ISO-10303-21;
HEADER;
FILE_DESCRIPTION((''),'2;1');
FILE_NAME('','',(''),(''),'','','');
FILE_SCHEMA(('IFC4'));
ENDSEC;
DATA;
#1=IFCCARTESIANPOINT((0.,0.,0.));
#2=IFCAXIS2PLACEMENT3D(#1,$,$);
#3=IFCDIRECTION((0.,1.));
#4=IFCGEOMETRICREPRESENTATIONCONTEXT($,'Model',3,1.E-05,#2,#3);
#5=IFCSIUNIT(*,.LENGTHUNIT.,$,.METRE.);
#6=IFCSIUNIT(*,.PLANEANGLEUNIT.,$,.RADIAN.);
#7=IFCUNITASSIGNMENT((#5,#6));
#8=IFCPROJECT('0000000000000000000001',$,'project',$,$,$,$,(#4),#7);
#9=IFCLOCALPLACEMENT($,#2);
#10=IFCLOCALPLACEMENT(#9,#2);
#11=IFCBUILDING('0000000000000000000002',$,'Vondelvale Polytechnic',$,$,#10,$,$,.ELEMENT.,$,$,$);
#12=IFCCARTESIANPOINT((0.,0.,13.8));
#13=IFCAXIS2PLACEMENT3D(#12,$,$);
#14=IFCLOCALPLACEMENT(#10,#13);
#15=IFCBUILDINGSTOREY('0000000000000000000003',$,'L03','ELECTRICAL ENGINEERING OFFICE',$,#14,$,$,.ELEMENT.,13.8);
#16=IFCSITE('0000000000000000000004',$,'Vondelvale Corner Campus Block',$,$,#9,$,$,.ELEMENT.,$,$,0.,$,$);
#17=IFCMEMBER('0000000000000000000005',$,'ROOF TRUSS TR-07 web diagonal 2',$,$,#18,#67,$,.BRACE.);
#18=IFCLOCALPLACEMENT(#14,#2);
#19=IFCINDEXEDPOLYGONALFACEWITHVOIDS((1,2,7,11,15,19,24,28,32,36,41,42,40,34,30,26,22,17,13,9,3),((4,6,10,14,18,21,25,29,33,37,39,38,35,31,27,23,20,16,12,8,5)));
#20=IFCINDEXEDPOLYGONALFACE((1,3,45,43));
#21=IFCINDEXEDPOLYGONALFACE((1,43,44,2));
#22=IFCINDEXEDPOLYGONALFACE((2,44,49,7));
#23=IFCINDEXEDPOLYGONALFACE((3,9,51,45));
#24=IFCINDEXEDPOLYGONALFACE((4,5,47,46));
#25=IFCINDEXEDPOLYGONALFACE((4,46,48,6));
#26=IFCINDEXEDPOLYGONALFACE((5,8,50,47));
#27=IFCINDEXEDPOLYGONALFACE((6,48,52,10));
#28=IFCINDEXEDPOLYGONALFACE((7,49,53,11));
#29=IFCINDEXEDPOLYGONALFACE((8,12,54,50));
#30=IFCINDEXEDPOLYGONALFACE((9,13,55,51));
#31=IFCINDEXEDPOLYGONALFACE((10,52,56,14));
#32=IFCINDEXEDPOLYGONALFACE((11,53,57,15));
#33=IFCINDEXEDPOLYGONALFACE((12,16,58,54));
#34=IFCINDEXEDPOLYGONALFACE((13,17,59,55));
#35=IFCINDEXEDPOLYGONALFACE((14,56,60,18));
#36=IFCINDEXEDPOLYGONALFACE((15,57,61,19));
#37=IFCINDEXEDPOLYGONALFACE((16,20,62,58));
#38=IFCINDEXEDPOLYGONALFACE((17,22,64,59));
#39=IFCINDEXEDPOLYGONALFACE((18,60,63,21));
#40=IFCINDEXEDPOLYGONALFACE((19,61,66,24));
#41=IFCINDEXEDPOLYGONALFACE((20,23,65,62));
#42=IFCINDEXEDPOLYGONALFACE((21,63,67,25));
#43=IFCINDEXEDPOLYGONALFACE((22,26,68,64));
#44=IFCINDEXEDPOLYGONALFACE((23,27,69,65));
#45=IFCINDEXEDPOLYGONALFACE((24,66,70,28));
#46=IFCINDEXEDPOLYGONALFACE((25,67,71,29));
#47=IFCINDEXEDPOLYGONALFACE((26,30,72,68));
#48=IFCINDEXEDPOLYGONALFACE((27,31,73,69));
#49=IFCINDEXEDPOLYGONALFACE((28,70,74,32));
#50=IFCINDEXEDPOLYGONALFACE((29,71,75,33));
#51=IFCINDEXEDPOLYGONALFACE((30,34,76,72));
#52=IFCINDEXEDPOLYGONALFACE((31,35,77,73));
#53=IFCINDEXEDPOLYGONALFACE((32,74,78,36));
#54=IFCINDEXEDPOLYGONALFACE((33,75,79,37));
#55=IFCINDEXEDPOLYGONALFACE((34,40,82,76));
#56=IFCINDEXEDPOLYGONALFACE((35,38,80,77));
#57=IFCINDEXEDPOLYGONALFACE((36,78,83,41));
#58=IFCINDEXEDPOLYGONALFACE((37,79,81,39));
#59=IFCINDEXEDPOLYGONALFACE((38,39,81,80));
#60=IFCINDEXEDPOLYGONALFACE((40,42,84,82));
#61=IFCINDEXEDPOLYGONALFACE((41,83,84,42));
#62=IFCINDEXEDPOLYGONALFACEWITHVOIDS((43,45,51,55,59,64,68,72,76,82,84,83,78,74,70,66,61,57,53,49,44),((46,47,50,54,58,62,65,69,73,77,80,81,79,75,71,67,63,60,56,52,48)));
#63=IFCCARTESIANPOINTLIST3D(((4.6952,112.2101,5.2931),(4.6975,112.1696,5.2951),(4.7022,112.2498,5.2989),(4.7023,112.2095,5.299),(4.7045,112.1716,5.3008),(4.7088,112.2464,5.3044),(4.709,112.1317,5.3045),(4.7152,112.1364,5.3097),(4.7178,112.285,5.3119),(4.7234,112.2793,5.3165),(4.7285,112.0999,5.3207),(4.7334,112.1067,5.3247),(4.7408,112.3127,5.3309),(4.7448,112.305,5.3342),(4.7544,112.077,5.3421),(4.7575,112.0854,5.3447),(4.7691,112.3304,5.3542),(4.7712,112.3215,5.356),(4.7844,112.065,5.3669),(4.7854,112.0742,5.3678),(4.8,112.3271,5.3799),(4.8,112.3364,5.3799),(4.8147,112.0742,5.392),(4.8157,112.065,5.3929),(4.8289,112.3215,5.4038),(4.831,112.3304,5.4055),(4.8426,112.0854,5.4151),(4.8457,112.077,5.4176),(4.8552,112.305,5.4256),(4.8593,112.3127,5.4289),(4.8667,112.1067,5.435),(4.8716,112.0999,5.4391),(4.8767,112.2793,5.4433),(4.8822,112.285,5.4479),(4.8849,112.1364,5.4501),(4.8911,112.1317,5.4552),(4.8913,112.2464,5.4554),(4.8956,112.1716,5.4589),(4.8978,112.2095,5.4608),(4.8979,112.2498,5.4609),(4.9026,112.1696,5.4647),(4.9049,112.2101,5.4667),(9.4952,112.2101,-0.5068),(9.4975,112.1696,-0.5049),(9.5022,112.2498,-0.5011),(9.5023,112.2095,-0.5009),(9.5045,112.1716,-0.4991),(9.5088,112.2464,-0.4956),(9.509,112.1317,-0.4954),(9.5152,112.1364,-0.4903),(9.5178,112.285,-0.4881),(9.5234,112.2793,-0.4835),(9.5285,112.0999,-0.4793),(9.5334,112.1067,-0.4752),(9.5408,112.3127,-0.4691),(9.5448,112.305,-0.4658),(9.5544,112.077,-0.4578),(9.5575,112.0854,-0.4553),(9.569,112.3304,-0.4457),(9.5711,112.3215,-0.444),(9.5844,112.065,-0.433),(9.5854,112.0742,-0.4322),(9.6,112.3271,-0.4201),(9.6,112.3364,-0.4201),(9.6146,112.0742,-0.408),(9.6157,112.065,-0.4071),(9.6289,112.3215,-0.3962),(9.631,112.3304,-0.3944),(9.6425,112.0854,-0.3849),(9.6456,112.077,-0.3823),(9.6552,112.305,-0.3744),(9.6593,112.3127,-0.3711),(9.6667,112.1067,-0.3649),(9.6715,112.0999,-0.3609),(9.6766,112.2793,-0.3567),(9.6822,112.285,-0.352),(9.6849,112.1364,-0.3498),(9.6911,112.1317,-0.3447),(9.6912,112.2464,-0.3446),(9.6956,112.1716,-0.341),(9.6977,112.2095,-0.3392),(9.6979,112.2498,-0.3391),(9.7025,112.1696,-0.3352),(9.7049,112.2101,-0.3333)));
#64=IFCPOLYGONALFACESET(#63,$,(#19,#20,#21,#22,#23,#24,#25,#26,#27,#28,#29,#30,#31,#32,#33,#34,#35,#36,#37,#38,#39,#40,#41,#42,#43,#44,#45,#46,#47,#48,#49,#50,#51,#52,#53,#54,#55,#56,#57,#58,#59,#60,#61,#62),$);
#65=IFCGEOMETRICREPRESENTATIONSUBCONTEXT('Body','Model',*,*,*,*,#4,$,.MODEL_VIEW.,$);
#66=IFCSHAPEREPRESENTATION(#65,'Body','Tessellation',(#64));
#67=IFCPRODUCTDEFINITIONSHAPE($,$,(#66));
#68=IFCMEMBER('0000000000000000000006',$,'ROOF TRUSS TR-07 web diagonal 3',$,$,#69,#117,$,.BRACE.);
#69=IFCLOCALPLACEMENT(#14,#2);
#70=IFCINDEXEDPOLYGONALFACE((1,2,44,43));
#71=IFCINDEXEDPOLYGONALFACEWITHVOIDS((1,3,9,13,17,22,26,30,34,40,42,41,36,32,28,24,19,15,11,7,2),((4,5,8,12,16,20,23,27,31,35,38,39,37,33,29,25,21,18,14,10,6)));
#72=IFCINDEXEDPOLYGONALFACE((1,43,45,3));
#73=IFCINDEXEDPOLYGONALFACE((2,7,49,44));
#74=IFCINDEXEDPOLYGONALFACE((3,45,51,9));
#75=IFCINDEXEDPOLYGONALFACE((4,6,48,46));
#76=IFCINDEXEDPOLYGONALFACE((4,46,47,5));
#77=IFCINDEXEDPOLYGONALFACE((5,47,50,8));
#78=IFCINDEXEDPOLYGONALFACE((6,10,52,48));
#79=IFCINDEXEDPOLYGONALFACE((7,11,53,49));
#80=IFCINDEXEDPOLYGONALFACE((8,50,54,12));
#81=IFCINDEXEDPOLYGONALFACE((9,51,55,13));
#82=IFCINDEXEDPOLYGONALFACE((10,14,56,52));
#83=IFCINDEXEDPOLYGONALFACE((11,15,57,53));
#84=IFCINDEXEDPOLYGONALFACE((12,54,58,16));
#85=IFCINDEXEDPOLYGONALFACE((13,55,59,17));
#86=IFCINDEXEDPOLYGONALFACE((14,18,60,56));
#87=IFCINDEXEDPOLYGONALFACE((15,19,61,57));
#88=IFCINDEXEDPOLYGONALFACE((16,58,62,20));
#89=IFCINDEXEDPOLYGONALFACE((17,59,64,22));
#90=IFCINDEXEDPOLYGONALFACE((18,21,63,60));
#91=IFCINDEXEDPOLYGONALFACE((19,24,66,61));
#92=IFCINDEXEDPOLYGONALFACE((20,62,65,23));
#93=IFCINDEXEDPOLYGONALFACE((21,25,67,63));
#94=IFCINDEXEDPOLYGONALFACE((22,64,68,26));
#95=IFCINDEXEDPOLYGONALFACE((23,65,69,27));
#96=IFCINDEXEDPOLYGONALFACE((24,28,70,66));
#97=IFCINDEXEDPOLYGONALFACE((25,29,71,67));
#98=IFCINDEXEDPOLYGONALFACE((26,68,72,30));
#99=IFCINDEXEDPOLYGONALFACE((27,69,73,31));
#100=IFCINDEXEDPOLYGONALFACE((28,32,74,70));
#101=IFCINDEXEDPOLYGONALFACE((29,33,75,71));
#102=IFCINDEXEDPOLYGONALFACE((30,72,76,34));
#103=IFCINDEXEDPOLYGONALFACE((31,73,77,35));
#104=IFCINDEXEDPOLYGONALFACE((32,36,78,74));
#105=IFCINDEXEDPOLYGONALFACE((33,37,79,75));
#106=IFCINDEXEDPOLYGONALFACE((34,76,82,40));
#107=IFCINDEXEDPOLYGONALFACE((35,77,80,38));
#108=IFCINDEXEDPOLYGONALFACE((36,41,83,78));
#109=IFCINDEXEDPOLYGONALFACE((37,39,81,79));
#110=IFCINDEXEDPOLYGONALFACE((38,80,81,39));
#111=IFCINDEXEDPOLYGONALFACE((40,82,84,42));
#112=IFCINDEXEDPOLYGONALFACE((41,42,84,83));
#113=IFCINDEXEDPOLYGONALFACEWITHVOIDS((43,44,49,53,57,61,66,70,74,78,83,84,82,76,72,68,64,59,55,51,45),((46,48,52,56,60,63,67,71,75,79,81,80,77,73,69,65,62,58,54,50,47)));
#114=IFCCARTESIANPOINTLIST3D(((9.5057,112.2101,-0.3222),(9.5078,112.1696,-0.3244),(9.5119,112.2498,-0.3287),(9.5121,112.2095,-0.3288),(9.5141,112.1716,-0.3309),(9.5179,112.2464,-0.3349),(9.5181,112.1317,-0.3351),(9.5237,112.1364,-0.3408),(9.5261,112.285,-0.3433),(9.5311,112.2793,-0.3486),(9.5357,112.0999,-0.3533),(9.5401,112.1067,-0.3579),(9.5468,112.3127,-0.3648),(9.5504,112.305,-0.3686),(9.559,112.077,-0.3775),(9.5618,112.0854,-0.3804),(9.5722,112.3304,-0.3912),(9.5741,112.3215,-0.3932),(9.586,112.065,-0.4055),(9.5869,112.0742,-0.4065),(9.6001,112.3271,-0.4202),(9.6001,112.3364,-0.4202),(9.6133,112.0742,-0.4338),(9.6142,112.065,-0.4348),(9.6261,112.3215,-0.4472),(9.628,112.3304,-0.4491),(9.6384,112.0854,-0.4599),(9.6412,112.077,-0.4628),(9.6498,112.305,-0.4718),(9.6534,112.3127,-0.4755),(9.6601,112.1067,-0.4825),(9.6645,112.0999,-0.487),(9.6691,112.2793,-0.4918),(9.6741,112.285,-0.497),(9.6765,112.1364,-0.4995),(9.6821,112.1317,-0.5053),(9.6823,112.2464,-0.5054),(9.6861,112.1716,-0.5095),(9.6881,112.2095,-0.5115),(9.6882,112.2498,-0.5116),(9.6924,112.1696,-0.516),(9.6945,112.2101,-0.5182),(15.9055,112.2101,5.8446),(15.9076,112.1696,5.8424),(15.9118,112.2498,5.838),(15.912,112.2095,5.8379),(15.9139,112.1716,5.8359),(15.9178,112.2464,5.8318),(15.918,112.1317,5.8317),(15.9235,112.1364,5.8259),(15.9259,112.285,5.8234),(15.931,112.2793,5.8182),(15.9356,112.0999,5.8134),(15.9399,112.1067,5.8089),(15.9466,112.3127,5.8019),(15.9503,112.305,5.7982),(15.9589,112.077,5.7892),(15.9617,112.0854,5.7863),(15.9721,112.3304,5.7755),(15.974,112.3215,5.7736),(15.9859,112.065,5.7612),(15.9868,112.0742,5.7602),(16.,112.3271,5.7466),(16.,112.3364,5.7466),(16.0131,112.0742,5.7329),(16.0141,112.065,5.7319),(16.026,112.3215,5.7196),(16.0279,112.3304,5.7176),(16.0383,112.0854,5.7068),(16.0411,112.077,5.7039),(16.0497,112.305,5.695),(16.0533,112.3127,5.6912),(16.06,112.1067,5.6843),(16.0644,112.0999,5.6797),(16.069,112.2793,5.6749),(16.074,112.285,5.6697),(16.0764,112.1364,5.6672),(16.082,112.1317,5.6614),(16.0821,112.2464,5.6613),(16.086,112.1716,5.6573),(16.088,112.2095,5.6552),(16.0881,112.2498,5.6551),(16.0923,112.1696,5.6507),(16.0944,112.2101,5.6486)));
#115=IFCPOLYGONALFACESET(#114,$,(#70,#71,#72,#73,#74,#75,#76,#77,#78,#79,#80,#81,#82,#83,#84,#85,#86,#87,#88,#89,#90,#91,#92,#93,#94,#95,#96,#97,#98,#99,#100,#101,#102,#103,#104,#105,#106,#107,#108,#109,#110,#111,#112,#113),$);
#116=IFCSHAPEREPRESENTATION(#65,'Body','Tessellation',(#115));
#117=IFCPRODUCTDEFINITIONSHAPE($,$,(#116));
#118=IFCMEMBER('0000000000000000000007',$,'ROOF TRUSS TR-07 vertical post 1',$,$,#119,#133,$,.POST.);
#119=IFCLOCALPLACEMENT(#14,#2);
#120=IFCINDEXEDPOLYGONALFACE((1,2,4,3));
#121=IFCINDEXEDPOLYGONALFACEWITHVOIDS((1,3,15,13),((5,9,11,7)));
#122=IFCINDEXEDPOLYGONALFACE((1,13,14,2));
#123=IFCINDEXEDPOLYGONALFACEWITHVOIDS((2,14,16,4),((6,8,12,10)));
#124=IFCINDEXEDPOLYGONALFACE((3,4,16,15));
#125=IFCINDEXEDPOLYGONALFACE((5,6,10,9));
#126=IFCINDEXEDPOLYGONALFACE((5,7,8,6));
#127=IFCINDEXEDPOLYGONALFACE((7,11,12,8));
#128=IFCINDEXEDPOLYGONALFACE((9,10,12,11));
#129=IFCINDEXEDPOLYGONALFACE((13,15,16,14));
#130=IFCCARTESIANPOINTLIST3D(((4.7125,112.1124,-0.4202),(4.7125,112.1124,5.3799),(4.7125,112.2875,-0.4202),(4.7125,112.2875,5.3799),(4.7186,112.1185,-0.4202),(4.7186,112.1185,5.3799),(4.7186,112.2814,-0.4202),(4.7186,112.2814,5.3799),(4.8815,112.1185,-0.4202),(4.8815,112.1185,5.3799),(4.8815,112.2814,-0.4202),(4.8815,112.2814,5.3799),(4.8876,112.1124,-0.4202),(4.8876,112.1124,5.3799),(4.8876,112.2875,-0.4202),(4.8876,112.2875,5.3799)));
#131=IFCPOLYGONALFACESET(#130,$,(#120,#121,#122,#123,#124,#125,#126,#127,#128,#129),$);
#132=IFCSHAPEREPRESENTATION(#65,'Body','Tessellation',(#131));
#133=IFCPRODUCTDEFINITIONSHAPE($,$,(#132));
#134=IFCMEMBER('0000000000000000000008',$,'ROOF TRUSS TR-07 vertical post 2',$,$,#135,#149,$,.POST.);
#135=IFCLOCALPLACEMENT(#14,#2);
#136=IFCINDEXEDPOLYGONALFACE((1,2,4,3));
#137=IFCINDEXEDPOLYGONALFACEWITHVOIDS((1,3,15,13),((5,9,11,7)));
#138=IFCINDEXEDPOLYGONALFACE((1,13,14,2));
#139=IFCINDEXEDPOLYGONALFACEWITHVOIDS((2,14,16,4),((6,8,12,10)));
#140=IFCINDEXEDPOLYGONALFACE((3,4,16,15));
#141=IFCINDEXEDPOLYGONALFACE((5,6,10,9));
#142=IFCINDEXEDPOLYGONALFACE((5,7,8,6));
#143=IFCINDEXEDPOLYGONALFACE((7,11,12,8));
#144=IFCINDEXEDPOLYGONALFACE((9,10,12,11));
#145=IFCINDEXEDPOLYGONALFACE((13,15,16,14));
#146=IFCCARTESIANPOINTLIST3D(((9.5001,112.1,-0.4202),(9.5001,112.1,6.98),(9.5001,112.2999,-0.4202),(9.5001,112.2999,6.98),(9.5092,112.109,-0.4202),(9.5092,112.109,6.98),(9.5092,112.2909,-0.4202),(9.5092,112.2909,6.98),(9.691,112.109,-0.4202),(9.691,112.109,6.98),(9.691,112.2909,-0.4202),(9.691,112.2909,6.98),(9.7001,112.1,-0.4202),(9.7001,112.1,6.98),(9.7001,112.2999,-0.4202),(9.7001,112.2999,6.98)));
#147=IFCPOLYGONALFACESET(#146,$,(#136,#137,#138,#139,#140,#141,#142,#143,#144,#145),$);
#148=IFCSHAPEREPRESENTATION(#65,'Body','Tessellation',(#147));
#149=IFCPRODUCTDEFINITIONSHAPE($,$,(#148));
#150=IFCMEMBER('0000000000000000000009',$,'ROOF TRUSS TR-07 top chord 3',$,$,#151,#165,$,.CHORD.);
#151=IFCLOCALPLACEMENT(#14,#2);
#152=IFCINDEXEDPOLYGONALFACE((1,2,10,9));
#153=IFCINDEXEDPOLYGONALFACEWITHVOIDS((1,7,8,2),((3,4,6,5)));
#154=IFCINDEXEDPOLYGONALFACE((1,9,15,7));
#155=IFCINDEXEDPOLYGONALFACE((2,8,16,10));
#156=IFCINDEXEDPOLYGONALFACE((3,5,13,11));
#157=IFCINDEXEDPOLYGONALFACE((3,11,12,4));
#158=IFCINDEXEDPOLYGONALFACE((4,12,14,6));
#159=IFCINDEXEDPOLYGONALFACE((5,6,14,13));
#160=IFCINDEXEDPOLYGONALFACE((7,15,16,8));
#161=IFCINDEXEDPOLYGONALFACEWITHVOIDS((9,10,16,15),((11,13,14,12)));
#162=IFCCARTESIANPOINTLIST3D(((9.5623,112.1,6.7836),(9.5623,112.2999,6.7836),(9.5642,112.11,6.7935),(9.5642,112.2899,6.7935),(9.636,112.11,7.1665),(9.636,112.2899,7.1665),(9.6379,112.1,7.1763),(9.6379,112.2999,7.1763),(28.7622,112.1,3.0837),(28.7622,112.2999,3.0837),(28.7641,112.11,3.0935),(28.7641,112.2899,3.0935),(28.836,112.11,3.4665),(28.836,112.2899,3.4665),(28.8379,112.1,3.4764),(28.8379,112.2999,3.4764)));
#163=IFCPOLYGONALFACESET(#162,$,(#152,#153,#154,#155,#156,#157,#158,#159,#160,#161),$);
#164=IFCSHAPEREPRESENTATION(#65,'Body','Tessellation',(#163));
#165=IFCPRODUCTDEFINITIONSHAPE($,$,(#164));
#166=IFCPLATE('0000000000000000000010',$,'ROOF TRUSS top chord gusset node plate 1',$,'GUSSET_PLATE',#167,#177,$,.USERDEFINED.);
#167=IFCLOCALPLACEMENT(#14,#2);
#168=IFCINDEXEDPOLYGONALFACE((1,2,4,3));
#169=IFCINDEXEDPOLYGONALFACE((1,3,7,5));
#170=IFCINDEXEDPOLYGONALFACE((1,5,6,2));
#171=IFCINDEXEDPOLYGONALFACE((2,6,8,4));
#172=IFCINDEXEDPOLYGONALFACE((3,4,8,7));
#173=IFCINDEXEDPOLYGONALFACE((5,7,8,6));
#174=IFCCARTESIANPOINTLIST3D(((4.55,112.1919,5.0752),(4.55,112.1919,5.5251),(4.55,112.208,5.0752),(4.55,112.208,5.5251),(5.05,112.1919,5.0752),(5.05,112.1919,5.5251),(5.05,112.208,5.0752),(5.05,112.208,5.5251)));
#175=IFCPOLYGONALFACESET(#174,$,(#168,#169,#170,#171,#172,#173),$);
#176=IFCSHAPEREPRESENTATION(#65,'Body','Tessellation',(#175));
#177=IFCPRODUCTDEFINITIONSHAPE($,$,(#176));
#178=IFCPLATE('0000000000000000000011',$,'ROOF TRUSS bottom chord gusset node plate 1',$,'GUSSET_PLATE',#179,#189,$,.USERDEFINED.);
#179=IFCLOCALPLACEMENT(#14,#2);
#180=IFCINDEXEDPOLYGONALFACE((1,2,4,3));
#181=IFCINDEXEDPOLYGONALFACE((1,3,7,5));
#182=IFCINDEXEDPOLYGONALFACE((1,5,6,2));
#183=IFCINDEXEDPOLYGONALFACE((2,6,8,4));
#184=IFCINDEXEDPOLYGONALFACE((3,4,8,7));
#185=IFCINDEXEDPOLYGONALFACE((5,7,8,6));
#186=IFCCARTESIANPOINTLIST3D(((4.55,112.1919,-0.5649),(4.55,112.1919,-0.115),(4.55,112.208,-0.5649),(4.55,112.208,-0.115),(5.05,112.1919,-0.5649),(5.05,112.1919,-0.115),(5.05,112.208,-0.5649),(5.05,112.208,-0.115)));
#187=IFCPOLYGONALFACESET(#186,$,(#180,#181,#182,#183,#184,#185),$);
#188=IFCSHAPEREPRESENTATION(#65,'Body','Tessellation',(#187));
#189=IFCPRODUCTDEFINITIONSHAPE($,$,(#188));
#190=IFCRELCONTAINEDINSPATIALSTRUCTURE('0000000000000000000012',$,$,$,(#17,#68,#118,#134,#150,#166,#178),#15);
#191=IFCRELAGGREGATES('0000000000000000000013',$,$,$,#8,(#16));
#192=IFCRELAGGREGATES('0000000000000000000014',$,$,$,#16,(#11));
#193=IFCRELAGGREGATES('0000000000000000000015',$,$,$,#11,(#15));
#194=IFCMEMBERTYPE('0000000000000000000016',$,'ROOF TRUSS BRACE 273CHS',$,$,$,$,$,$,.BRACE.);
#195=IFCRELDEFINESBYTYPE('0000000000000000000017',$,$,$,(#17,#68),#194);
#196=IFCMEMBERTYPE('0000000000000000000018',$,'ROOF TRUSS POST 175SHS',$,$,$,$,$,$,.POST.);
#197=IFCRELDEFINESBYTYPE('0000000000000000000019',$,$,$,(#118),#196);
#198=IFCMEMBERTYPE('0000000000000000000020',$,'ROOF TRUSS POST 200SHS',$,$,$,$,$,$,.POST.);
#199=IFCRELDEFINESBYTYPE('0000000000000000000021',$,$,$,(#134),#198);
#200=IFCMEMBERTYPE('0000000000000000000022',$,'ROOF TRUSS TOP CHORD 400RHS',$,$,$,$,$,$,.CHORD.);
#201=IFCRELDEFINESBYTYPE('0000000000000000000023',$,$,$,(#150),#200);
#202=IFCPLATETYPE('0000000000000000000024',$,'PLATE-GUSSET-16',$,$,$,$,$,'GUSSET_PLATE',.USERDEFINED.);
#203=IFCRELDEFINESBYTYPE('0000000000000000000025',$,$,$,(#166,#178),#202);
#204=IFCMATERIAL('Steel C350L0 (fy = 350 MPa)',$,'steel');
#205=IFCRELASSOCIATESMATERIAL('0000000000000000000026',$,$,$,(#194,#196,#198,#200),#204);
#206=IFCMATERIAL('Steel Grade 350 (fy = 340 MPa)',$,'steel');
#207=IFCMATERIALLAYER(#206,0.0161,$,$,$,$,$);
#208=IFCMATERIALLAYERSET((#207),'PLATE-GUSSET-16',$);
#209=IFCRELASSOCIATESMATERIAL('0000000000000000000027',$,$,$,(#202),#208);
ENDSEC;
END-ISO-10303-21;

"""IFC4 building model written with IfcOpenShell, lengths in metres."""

from ifc_helpers import new_model, si_unit, direction, frame, origin, origin_2d, place, context, subcontext, project, spatial, rectangle, hollow_rectangle, hollow_circle, extrude, material, layer, layer_set, material_profile, profile_set, type_object, element, save


model = new_model("IFC4")

# Units and contexts
model_context = context("Model", 3, precision=1e-05, world=origin(), true_north=direction((0.0, 1.0)))
body_context = subcontext(model_context, "Body", "Model", "MODEL_VIEW")
ifc_project = project(units=[si_unit("LENGTHUNIT", "METRE"), si_unit("PLANEANGLEUNIT", "RADIAN")], contexts=[model_context])

# Site, building, storey
site_placement = place(None, origin())
site = spatial("IfcSite", under=ifc_project, at=site_placement, Name="Vondelvale Corner Campus Block", CompositionType="ELEMENT", RefElevation=0.0)
building_placement = place(site_placement, origin())
building = spatial("IfcBuilding", under=site, at=building_placement, Name="Vondelvale Polytechnic", CompositionType="ELEMENT")
storey_placement = place(building_placement, frame((0.0, 0.0, 13.8)))
storey = spatial("IfcBuildingStorey", under=building, at=storey_placement, Name="L03", Description="ELECTRICAL ENGINEERING OFFICE", CompositionType="ELEMENT", Elevation=13.8)

# Members
ifc_material_1 = material(Name="Steel C350L0 (fy = 350 MPa)", Category="steel")
ifc_material_profile_1 = material_profile(ifc_material_1, hollow_circle(Radius=0.1365, WallThickness=0.0093, at=origin_2d()), Name="273.1x9.3CHS")
ifc_profile_set_1 = profile_set([ifc_material_profile_1], Name="Steel C350L0 (fy = 350 MPa)")
member_type_1 = type_object("IfcMemberType", Name="ROOF TRUSS BRACE 273CHS", PredefinedType="BRACE", material=ifc_profile_set_1)
member_1_placement = place(storey_placement, frame((4.8, 112.2, 5.3799), z_axis=(0.637568, 0.0, -0.770394), x_axis=(0.0, 1.0, 0.0)))
element("IfcMember", 1, at=member_1_placement, inside=storey, type_object=member_type_1, Name="ROOF TRUSS TR-07 web diagonal 2", PredefinedType="BRACE", context=body_context, shape_type="SweptSolid", body=[
    extrude(hollow_circle(Radius=0.1365, WallThickness=0.0093, at=origin_2d()), origin(), (0.0, 0.0, 1.0), 7.5286),
])
member_2_placement = place(storey_placement, frame((9.6001, 112.2, -0.4202), z_axis=(0.720102, 0.0, 0.693868), x_axis=(0.0, 1.0, 0.0)))
element("IfcMember", 2, at=member_2_placement, inside=storey, type_object=member_type_1, Name="ROOF TRUSS TR-07 web diagonal 3", PredefinedType="BRACE", context=body_context, shape_type="SweptSolid", body=[
    extrude(hollow_circle(Radius=0.1365, WallThickness=0.0093, at=origin_2d()), origin(), (0.0, 0.0, 1.0), 8.8875),
])
ifc_material_profile_2 = material_profile(ifc_material_1, hollow_rectangle(XDim=0.175, YDim=0.175, WallThickness=0.0061, at=origin_2d()), Name="175x175x6.0SHS")
ifc_profile_set_2 = profile_set([ifc_material_profile_2], Name="Steel C350L0 (fy = 350 MPa)")
member_type_2 = type_object("IfcMemberType", Name="ROOF TRUSS POST 175SHS", PredefinedType="POST", material=ifc_profile_set_2)
member_3_placement = place(storey_placement, frame((4.8, 112.2, -0.4202), z_axis=(0.0, 0.0, 1.0), x_axis=(1.0, 0.0, 0.0)))
element("IfcMember", 3, at=member_3_placement, inside=storey, type_object=member_type_2, Name="ROOF TRUSS TR-07 vertical post 1", PredefinedType="POST", context=body_context, shape_type="SweptSolid", body=[
    extrude(hollow_rectangle(XDim=0.175, YDim=0.175, WallThickness=0.0061, at=origin_2d()), origin(), (0.0, 0.0, 1.0), 5.8),
])
ifc_material_profile_3 = material_profile(ifc_material_1, hollow_rectangle(XDim=0.2, YDim=0.2, WallThickness=0.009, at=origin_2d()), Name="200x200x9.0SHS")
ifc_profile_set_3 = profile_set([ifc_material_profile_3], Name="Steel C350L0 (fy = 350 MPa)")
member_type_3 = type_object("IfcMemberType", Name="ROOF TRUSS POST 200SHS", PredefinedType="POST", material=ifc_profile_set_3)
member_4_placement = place(storey_placement, frame((9.6001, 112.2, -0.4202), z_axis=(0.0, 0.0, 1.0), x_axis=(1.0, 0.0, 0.0)))
element("IfcMember", 4, at=member_4_placement, inside=storey, type_object=member_type_3, Name="ROOF TRUSS TR-07 vertical post 2", PredefinedType="POST", context=body_context, shape_type="SweptSolid", body=[
    extrude(hollow_rectangle(XDim=0.2, YDim=0.2, WallThickness=0.009, at=origin_2d()), origin(), (0.0, 0.0, 1.0), 7.4001),
])
ifc_material_profile_4 = material_profile(ifc_material_1, hollow_rectangle(XDim=0.2, YDim=0.3999, WallThickness=0.01, at=origin_2d()), Name="400x200x10.0RHS")
ifc_profile_set_4 = profile_set([ifc_material_profile_4], Name="Steel C350L0 (fy = 350 MPa)")
member_type_4 = type_object("IfcMemberType", Name="ROOF TRUSS TOP CHORD 400RHS", PredefinedType="CHORD", material=ifc_profile_set_4)
member_5_placement = place(storey_placement, frame((9.6001, 112.2, 6.98), z_axis=(0.981934, 0.0, -0.189225), x_axis=(0.0, 1.0, 0.0)))
element("IfcMember", 5, at=member_5_placement, inside=storey, type_object=member_type_4, Name="ROOF TRUSS TR-07 top chord 3", PredefinedType="CHORD", context=body_context, shape_type="SweptSolid", body=[
    extrude(hollow_rectangle(XDim=0.2, YDim=0.3999, WallThickness=0.01, at=origin_2d()), origin(), (0.0, 0.0, 1.0), 19.5532),
])

# Plates
ifc_material_2 = material(Name="Steel Grade 350 (fy = 340 MPa)", Category="steel")
ifc_layer_1 = layer(ifc_material_2, 0.0161)
ifc_layer_set_1 = layer_set([ifc_layer_1], Name="PLATE-GUSSET-16")
plate_type_1 = type_object("IfcPlateType", Name="PLATE-GUSSET-16", ElementType="GUSSET_PLATE", PredefinedType="USERDEFINED", material=ifc_layer_set_1)
for number, where, z_axis, x_axis, name in (
    (6, (4.8, 112.2, 5.0752), (0.0, 0.0, 1.0), (1.0, 0.0, 0.0), "ROOF TRUSS top chord gusset node plate 1"),
    (7, (4.8, 112.2, -0.5649), (0.0, 0.0, 1.0), (1.0, 0.0, 0.0), "ROOF TRUSS bottom chord gusset node plate 1"),
):
    element("IfcPlate", number, at=place(storey_placement, frame(where, z_axis=z_axis, x_axis=x_axis)), inside=storey, type_object=plate_type_1, Name=name, ObjectType="GUSSET_PLATE", PredefinedType="USERDEFINED", context=body_context, shape_type="SweptSolid", body=[
        extrude(rectangle(XDim=0.5, YDim=0.0161, at=origin_2d()), origin(), (0.0, 0.0, 1.0), 0.45),
    ])

save(model, "model.ifc")
